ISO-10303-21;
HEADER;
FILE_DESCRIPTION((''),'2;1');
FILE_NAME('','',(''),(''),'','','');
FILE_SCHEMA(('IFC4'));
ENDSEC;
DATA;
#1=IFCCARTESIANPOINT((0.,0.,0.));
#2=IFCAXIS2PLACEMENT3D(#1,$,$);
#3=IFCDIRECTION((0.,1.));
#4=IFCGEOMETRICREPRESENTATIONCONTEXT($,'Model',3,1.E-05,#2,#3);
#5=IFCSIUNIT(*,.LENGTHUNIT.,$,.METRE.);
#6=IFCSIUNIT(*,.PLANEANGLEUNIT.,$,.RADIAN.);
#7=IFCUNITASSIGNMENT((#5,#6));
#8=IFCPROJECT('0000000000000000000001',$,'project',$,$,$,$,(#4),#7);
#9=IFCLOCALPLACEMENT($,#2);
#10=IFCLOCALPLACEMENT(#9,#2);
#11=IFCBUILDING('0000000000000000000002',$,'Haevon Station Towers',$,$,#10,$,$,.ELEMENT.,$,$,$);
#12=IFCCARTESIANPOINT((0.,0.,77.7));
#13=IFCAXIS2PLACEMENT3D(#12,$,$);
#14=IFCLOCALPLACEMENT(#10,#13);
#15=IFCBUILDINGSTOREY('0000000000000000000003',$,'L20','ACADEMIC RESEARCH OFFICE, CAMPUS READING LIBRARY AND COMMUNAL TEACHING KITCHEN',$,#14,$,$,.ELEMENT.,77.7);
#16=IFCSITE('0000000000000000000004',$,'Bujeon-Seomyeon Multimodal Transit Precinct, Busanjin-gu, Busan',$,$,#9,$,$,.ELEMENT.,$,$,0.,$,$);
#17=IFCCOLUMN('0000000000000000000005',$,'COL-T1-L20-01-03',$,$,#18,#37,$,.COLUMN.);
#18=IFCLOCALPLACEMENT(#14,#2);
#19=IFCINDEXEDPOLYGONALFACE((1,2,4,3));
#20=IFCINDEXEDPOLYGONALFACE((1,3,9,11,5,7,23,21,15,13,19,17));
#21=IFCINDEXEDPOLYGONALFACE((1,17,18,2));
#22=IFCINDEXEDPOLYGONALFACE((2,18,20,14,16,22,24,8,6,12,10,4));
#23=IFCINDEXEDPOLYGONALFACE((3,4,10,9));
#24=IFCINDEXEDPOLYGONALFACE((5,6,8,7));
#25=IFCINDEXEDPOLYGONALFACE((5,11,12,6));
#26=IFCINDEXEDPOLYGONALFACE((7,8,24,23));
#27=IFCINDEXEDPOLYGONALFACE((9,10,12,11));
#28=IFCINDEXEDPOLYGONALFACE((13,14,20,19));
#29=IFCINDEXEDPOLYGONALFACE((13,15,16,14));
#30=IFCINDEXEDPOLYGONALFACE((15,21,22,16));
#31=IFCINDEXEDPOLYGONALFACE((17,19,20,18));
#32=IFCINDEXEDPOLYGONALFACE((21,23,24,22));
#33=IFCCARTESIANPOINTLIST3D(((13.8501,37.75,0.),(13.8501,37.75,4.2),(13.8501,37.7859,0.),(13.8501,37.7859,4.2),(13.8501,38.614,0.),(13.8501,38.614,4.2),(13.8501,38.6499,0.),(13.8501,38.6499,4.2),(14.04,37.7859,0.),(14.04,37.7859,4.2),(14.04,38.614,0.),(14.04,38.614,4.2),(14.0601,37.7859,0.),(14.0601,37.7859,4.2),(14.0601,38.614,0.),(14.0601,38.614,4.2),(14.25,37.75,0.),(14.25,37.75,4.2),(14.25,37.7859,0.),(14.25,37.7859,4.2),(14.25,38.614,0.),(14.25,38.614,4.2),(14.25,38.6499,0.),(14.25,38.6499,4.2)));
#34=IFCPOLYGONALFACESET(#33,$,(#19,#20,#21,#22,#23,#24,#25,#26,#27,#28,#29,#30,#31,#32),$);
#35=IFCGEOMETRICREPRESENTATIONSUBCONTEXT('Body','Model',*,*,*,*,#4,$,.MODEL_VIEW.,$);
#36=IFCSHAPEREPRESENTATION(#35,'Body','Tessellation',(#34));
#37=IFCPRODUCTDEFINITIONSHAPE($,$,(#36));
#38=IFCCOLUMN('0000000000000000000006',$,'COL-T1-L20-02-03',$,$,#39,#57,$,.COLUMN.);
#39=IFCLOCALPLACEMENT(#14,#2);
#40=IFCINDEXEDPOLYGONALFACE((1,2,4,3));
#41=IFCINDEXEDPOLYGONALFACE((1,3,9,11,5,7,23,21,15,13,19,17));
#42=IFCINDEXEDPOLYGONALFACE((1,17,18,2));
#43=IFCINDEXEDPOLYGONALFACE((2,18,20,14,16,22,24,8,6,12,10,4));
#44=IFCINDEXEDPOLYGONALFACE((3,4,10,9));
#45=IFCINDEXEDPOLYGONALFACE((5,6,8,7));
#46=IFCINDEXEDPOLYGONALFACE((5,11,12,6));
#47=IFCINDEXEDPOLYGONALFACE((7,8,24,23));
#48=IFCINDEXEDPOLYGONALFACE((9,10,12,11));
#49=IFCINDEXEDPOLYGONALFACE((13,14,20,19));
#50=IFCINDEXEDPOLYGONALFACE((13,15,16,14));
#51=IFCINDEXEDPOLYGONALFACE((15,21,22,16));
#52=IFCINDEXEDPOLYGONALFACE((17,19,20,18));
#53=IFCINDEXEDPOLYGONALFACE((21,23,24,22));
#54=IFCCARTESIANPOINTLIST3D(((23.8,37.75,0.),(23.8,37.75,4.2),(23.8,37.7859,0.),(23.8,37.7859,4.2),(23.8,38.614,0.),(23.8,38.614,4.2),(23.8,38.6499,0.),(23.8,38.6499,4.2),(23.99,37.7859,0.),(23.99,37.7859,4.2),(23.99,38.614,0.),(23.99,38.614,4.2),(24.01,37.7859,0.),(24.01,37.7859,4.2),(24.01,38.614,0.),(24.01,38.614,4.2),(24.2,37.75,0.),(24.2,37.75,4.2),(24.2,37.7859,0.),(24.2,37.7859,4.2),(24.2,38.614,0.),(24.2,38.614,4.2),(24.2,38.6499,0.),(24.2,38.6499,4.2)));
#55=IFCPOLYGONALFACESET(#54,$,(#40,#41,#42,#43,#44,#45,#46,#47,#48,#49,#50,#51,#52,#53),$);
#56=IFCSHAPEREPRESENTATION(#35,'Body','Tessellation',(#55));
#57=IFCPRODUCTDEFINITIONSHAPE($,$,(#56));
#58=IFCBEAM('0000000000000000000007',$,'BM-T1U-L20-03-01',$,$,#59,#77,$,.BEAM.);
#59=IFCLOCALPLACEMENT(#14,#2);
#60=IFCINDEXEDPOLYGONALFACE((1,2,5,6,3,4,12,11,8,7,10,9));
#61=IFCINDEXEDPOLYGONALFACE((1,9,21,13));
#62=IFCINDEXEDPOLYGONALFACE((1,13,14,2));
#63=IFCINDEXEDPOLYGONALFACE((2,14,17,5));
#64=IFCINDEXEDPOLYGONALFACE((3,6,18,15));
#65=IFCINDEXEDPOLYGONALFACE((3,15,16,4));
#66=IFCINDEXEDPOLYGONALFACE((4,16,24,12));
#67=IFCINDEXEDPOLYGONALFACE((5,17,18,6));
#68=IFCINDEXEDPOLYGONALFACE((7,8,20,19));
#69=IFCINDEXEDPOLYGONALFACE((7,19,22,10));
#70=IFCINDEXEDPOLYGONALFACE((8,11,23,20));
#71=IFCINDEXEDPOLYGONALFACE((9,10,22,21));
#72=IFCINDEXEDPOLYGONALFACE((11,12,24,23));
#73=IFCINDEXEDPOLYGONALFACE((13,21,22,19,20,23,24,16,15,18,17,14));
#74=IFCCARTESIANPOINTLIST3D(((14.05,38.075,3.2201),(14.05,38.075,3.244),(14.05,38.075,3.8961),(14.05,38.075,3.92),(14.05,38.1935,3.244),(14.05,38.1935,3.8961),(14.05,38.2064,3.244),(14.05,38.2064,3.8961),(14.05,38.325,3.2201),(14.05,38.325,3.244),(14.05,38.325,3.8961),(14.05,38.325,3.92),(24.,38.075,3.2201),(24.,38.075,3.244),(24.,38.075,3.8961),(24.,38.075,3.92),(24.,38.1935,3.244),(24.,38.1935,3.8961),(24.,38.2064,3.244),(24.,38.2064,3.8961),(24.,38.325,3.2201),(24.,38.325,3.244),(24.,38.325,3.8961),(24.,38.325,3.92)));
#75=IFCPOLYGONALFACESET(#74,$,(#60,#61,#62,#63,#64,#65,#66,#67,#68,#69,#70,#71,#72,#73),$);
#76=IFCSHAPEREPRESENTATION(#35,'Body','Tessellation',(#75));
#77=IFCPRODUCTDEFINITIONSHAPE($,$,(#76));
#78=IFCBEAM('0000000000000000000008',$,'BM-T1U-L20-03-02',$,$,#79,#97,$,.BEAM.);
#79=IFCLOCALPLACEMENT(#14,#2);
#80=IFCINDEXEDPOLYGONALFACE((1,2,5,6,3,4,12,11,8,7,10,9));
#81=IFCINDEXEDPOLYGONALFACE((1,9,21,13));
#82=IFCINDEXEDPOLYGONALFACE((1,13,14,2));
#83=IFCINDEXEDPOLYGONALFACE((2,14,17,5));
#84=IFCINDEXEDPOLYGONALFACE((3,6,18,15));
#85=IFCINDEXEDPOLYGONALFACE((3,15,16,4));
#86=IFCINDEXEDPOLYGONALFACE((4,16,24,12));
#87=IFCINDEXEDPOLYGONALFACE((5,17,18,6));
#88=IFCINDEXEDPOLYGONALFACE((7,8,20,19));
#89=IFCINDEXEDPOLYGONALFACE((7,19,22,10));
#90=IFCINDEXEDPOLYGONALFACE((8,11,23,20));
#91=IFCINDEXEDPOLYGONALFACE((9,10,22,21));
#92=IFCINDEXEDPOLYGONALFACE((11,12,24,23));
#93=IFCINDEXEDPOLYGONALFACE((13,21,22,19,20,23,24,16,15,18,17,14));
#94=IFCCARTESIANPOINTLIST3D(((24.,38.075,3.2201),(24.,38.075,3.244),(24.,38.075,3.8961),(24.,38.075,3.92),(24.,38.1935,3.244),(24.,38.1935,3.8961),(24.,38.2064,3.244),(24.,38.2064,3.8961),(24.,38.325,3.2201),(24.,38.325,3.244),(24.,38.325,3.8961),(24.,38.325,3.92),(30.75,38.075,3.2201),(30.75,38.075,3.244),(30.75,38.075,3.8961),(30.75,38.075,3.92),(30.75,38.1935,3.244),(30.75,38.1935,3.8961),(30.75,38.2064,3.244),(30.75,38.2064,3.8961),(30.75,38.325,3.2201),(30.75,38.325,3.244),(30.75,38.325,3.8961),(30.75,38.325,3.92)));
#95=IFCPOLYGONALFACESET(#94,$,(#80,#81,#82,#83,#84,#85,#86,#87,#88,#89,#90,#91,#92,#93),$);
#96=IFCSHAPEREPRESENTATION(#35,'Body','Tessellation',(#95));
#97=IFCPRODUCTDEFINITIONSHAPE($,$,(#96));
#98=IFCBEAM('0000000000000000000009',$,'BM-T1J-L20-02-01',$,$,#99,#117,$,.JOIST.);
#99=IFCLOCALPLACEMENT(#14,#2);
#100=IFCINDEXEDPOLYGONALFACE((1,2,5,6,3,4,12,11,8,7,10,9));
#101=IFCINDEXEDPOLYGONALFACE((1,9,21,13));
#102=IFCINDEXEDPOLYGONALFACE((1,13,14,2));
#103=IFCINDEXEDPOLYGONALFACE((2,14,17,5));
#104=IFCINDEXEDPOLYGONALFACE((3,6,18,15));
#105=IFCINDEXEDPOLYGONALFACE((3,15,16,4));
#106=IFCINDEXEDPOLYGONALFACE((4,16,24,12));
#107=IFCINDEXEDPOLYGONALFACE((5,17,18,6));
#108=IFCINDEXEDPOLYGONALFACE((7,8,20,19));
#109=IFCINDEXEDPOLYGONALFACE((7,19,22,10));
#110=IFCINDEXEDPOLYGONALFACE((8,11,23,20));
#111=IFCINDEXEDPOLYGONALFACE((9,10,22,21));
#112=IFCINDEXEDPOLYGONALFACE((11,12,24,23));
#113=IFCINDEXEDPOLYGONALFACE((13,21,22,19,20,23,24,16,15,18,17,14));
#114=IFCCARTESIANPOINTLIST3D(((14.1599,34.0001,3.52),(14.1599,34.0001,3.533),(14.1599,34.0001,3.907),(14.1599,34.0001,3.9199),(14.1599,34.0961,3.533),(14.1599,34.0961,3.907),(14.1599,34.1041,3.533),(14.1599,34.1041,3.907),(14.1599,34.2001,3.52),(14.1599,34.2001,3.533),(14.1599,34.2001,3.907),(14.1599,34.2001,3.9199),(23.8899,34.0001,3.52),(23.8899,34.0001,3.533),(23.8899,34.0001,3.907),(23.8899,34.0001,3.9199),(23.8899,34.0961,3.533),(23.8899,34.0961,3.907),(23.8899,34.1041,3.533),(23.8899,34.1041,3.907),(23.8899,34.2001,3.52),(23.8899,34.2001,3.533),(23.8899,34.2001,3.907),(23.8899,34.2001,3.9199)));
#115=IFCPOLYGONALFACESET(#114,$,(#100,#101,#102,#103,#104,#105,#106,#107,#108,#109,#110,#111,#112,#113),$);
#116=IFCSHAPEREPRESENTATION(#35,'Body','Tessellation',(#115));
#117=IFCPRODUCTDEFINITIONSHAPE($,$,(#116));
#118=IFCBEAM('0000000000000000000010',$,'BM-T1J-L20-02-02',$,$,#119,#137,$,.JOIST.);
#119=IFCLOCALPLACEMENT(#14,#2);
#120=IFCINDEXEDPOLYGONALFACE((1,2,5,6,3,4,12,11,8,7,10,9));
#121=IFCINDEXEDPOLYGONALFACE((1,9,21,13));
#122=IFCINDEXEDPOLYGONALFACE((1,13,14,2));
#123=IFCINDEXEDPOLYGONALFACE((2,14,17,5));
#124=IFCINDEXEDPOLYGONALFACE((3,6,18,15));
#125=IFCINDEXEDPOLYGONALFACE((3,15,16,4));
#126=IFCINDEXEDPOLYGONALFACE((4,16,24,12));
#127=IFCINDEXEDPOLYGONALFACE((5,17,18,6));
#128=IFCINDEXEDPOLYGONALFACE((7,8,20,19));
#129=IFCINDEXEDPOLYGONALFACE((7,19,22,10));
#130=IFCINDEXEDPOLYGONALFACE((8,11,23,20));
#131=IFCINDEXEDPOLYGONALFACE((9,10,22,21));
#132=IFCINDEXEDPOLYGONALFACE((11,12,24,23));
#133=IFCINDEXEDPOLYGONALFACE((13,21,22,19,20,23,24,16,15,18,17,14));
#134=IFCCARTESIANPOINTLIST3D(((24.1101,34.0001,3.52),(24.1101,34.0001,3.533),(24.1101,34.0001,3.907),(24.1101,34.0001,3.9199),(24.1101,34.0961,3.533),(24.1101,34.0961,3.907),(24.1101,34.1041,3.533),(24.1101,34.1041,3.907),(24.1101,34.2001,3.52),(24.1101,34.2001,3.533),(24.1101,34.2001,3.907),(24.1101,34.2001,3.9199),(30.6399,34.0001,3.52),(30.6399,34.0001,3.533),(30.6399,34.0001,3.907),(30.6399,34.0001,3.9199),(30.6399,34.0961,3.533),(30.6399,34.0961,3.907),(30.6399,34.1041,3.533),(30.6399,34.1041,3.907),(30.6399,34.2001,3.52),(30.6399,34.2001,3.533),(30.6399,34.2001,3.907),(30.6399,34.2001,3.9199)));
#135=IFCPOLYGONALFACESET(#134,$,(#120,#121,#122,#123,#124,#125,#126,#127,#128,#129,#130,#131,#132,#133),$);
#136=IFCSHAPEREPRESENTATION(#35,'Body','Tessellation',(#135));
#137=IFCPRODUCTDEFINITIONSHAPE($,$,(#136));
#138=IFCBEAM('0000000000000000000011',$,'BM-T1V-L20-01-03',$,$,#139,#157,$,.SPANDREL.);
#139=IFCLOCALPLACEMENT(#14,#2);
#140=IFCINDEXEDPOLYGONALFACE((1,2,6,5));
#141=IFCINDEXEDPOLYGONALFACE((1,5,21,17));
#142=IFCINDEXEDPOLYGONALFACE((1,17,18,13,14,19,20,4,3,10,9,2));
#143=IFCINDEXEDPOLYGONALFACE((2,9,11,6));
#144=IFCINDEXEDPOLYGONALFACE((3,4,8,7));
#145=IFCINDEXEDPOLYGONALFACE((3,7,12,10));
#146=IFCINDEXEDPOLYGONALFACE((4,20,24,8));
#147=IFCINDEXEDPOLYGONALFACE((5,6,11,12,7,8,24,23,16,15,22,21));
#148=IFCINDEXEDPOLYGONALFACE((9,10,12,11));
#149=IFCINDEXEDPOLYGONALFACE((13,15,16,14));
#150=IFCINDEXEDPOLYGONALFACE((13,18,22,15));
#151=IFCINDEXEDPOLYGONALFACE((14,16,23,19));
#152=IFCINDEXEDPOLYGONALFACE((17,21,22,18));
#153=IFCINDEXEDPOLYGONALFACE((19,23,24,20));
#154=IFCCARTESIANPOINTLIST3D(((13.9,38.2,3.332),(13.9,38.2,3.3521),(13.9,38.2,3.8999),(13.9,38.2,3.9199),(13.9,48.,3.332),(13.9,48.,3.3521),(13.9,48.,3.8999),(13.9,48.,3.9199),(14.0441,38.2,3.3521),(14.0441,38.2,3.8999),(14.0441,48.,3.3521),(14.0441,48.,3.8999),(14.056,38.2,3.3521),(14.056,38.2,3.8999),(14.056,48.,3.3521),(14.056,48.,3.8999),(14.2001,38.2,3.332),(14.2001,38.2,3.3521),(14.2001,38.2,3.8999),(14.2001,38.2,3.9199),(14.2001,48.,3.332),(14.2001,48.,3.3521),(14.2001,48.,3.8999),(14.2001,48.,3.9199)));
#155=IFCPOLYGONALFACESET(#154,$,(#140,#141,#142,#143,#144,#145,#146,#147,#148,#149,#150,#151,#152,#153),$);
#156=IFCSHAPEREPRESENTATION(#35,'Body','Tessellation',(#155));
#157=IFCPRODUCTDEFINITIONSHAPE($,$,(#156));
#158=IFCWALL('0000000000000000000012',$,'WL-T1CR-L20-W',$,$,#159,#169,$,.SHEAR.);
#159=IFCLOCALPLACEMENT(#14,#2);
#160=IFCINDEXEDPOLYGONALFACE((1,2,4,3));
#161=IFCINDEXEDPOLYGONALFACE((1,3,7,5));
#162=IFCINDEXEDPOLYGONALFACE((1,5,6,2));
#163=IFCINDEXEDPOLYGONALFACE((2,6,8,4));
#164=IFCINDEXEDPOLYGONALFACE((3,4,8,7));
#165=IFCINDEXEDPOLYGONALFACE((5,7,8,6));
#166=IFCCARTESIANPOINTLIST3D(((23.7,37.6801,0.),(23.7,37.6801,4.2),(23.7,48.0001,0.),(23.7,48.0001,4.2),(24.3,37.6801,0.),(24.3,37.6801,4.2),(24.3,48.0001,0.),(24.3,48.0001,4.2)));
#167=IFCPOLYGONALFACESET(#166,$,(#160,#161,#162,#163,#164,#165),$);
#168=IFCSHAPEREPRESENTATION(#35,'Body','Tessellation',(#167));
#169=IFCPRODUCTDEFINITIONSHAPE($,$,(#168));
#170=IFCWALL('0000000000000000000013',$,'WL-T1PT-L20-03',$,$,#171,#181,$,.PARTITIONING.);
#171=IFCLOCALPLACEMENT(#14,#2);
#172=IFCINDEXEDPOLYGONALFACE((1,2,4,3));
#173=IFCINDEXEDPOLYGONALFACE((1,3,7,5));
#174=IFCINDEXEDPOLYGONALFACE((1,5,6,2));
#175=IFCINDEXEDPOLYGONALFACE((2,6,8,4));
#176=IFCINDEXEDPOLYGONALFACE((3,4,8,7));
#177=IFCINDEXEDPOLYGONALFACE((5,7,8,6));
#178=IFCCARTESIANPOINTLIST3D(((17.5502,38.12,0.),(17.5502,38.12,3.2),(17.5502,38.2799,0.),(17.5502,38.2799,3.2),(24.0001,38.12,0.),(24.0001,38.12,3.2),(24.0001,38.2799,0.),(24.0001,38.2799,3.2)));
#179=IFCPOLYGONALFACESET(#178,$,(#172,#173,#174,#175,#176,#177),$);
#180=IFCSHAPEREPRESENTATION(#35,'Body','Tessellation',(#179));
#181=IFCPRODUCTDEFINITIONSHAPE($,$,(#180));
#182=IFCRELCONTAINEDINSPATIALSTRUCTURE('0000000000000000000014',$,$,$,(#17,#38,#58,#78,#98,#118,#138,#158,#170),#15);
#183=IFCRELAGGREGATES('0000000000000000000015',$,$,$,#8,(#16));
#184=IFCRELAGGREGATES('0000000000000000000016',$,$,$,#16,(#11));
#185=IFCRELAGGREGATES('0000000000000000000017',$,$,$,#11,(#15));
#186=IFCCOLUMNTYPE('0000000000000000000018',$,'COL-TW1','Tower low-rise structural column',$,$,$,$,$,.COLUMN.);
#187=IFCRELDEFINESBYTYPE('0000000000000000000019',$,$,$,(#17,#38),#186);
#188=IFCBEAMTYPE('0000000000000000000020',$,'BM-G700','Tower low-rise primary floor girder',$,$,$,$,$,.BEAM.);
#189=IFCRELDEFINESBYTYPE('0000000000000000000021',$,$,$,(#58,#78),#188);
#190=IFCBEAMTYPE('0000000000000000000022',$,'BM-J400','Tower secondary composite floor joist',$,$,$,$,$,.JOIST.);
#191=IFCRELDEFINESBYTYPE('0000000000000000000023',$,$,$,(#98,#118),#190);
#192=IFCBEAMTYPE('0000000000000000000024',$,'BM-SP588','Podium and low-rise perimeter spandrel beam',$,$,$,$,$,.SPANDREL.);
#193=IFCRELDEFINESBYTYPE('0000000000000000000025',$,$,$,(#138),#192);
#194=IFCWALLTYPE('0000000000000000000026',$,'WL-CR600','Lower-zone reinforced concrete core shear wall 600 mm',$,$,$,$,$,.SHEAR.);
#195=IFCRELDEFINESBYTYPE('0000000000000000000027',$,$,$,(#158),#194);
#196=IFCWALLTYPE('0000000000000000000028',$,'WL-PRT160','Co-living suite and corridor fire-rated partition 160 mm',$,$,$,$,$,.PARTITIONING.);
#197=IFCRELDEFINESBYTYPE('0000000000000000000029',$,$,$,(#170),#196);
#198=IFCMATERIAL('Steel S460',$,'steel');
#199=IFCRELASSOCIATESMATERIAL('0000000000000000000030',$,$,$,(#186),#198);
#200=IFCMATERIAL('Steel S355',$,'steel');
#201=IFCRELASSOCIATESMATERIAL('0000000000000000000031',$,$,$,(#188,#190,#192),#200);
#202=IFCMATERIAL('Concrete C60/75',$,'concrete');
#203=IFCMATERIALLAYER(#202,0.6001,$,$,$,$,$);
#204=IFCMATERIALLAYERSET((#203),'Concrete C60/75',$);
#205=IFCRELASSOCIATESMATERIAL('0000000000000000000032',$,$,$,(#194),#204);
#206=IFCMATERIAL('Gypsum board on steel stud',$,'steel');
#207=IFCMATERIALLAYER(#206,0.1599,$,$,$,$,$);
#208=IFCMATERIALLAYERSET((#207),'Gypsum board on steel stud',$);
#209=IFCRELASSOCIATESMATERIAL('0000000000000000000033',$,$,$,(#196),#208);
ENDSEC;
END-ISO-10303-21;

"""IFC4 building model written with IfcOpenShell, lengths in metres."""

from ifc_helpers import new_model, si_unit, direction, frame, frame_2d, origin, origin_2d, place, context, subcontext, project, spatial, rectangle, i_section, extrude, material, layer, layer_set, material_profile, profile_set, type_object, element, save


model = new_model("IFC4")

# Units and contexts
model_context = context("Model", 3, precision=1e-05, world=origin(), true_north=direction((0.0, 1.0)))
body_context = subcontext(model_context, "Body", "Model", "MODEL_VIEW")
ifc_project = project(units=[si_unit("LENGTHUNIT", "METRE"), si_unit("PLANEANGLEUNIT", "RADIAN")], contexts=[model_context])

# Site, building, storey
site_placement = place(None, origin())
site = spatial("IfcSite", under=ifc_project, at=site_placement, Name="Bujeon-Seomyeon Multimodal Transit Precinct, Busanjin-gu, Busan", CompositionType="ELEMENT", RefElevation=0.0)
building_placement = place(site_placement, origin())
building = spatial("IfcBuilding", under=site, at=building_placement, Name="Haevon Station Towers", CompositionType="ELEMENT")
storey_placement = place(building_placement, frame((0.0, 0.0, 77.7)))
storey = spatial("IfcBuildingStorey", under=building, at=storey_placement, Name="L20", Description="ACADEMIC RESEARCH OFFICE, CAMPUS READING LIBRARY AND COMMUNAL TEACHING KITCHEN", CompositionType="ELEMENT", Elevation=77.7)

# Columns
ifc_material_1 = material(Name="Steel S460", Category="steel")
ifc_material_profile_1 = material_profile(ifc_material_1, i_section(OverallWidth=0.3999, OverallDepth=0.8999, WebThickness=0.02, FlangeThickness=0.0359, at=origin_2d()), Name="H-900x400x20x36")
ifc_profile_set_1 = profile_set([ifc_material_profile_1], Name="Steel S460")
column_type = type_object("IfcColumnType", Name="COL-TW1", Description="Tower low-rise structural column", PredefinedType="COLUMN", material=ifc_profile_set_1)
for number, where, z_axis, x_axis, name in (
    (1, (14.05, 38.2, 0.0), (0.0, 0.0, 1.0), (1.0, 0.0, 0.0), "COL-T1-L20-01-03"),
    (2, (24.0, 38.2, 0.0), (0.0, 0.0, 1.0), (1.0, 0.0, 0.0), "COL-T1-L20-02-03"),
):
    element("IfcColumn", number, at=place(storey_placement, frame(where, z_axis=z_axis, x_axis=x_axis)), inside=storey, type_object=column_type, Name=name, PredefinedType="COLUMN", context=body_context, shape_type="SweptSolid", body=[
        extrude(i_section(OverallWidth=0.3999, OverallDepth=0.8999, WebThickness=0.02, FlangeThickness=0.0359, at=origin_2d()), origin(), (0.0, 0.0, 1.0), 4.2),
    ])

# Beams
ifc_material_2 = material(Name="Steel S355", Category="steel")
ifc_material_profile_2 = material_profile(ifc_material_2, i_section(OverallWidth=0.25, OverallDepth=0.7, WebThickness=0.0129, FlangeThickness=0.0239, at=origin_2d()), Name="H-700x250x13x24")
ifc_profile_set_2 = profile_set([ifc_material_profile_2], Name="Steel S355")
beam_type_1 = type_object("IfcBeamType", Name="BM-G700", Description="Tower low-rise primary floor girder", PredefinedType="BEAM", material=ifc_profile_set_2)
beam_1_placement = place(storey_placement, frame((14.05, 38.2, 3.5701), z_axis=(1.0, 0.0, 0.0), x_axis=(0.0, 1.0, 0.0)))
element("IfcBeam", 3, at=beam_1_placement, inside=storey, type_object=beam_type_1, Name="BM-T1U-L20-03-01", PredefinedType="BEAM", context=body_context, shape_type="SweptSolid", body=[
    extrude(i_section(OverallWidth=0.25, OverallDepth=0.7, WebThickness=0.0129, FlangeThickness=0.0239, at=origin_2d()), origin(), (0.0, 0.0, 1.0), 9.95),
])
beam_2_placement = place(storey_placement, frame((24.0, 38.2, 3.5701), z_axis=(1.0, 0.0, 0.0), x_axis=(0.0, 1.0, 0.0)))
element("IfcBeam", 4, at=beam_2_placement, inside=storey, type_object=beam_type_1, Name="BM-T1U-L20-03-02", PredefinedType="BEAM", context=body_context, shape_type="SweptSolid", body=[
    extrude(i_section(OverallWidth=0.25, OverallDepth=0.7, WebThickness=0.0129, FlangeThickness=0.0239, at=origin_2d()), origin(), (0.0, 0.0, 1.0), 6.75),
])
ifc_material_profile_3 = material_profile(ifc_material_2, i_section(OverallWidth=0.2, OverallDepth=0.3999, WebThickness=0.0081, FlangeThickness=0.0129, at=origin_2d()), Name="H-400x200x8x13")
ifc_profile_set_3 = profile_set([ifc_material_profile_3], Name="Steel S355")
beam_type_2 = type_object("IfcBeamType", Name="BM-J400", Description="Tower secondary composite floor joist", PredefinedType="JOIST", material=ifc_profile_set_3)
beam_3_placement = place(storey_placement, frame((14.1599, 34.1001, 3.72), z_axis=(1.0, 0.0, 0.0), x_axis=(0.0, 1.0, 0.0)))
element("IfcBeam", 5, at=beam_3_placement, inside=storey, type_object=beam_type_2, Name="BM-T1J-L20-02-01", PredefinedType="JOIST", context=body_context, shape_type="SweptSolid", body=[
    extrude(i_section(OverallWidth=0.2, OverallDepth=0.3999, WebThickness=0.0081, FlangeThickness=0.0129, at=origin_2d()), origin(), (0.0, 0.0, 1.0), 9.73),
])
beam_4_placement = place(storey_placement, frame((24.1101, 34.1001, 3.72), z_axis=(1.0, 0.0, 0.0), x_axis=(0.0, 1.0, 0.0)))
element("IfcBeam", 6, at=beam_4_placement, inside=storey, type_object=beam_type_2, Name="BM-T1J-L20-02-02", PredefinedType="JOIST", context=body_context, shape_type="SweptSolid", body=[
    extrude(i_section(OverallWidth=0.2, OverallDepth=0.3999, WebThickness=0.0081, FlangeThickness=0.0129, at=origin_2d()), origin(), (0.0, 0.0, 1.0), 6.5298),
])
ifc_material_profile_4 = material_profile(ifc_material_2, i_section(OverallWidth=0.3, OverallDepth=0.5879, WebThickness=0.012, FlangeThickness=0.02, at=origin_2d()), Name="H-588x300x12x20")
ifc_profile_set_4 = profile_set([ifc_material_profile_4], Name="Steel S355")
beam_type_3 = type_object("IfcBeamType", Name="BM-SP588", Description="Podium and low-rise perimeter spandrel beam", PredefinedType="SPANDREL", material=ifc_profile_set_4)
beam_5_placement = place(storey_placement, frame((14.05, 38.2, 3.626), z_axis=(0.0, 1.0, 0.0), x_axis=(-1.0, 0.0, 0.0)))
element("IfcBeam", 7, at=beam_5_placement, inside=storey, type_object=beam_type_3, Name="BM-T1V-L20-01-03", PredefinedType="SPANDREL", context=body_context, shape_type="SweptSolid", body=[
    extrude(i_section(OverallWidth=0.3, OverallDepth=0.5879, WebThickness=0.012, FlangeThickness=0.02, at=origin_2d()), origin(), (0.0, 0.0, 1.0), 9.8),
])

# Walls
ifc_material_3 = material(Name="Concrete C60/75", Category="concrete")
ifc_layer_1 = layer(ifc_material_3, 0.6001)
ifc_layer_set_1 = layer_set([ifc_layer_1], Name="Concrete C60/75")
wall_type_1 = type_object("IfcWallType", Name="WL-CR600", Description="Lower-zone reinforced concrete core shear wall 600 mm", PredefinedType="SHEAR", material=ifc_layer_set_1)
wall_1_placement = place(storey_placement, frame((24.0, 37.6799, 0.0), z_axis=(0.0, 0.0, 1.0), x_axis=(0.0, 1.0, 0.0)))
element("IfcWall", 8, at=wall_1_placement, inside=storey, type_object=wall_type_1, Name="WL-T1CR-L20-W", PredefinedType="SHEAR", context=body_context, shape_type="SweptSolid", body=[
    extrude(rectangle(XDim=10.3201, YDim=0.6001, at=frame_2d((5.1602, 0.0))), origin(), (0.0, 0.0, 1.0), 4.2),
])
ifc_material_4 = material(Name="Gypsum board on steel stud", Category="steel")
ifc_layer_2 = layer(ifc_material_4, 0.1599)
ifc_layer_set_2 = layer_set([ifc_layer_2], Name="Gypsum board on steel stud")
wall_type_2 = type_object("IfcWallType", Name="WL-PRT160", Description="Co-living suite and corridor fire-rated partition 160 mm", PredefinedType="PARTITIONING", material=ifc_layer_set_2)
wall_2_placement = place(storey_placement, frame((17.55, 38.2, 0.0), z_axis=(0.0, 0.0, 1.0), x_axis=(1.0, 0.0, 0.0)))
element("IfcWall", 9, at=wall_2_placement, inside=storey, type_object=wall_type_2, Name="WL-T1PT-L20-03", PredefinedType="PARTITIONING", context=body_context, shape_type="SweptSolid", body=[
    extrude(rectangle(XDim=6.45, YDim=0.1599, at=frame_2d((3.2251, 0.0))), origin(), (0.0, 0.0, 1.0), 3.2),
])

save(model, "model.ifc")
